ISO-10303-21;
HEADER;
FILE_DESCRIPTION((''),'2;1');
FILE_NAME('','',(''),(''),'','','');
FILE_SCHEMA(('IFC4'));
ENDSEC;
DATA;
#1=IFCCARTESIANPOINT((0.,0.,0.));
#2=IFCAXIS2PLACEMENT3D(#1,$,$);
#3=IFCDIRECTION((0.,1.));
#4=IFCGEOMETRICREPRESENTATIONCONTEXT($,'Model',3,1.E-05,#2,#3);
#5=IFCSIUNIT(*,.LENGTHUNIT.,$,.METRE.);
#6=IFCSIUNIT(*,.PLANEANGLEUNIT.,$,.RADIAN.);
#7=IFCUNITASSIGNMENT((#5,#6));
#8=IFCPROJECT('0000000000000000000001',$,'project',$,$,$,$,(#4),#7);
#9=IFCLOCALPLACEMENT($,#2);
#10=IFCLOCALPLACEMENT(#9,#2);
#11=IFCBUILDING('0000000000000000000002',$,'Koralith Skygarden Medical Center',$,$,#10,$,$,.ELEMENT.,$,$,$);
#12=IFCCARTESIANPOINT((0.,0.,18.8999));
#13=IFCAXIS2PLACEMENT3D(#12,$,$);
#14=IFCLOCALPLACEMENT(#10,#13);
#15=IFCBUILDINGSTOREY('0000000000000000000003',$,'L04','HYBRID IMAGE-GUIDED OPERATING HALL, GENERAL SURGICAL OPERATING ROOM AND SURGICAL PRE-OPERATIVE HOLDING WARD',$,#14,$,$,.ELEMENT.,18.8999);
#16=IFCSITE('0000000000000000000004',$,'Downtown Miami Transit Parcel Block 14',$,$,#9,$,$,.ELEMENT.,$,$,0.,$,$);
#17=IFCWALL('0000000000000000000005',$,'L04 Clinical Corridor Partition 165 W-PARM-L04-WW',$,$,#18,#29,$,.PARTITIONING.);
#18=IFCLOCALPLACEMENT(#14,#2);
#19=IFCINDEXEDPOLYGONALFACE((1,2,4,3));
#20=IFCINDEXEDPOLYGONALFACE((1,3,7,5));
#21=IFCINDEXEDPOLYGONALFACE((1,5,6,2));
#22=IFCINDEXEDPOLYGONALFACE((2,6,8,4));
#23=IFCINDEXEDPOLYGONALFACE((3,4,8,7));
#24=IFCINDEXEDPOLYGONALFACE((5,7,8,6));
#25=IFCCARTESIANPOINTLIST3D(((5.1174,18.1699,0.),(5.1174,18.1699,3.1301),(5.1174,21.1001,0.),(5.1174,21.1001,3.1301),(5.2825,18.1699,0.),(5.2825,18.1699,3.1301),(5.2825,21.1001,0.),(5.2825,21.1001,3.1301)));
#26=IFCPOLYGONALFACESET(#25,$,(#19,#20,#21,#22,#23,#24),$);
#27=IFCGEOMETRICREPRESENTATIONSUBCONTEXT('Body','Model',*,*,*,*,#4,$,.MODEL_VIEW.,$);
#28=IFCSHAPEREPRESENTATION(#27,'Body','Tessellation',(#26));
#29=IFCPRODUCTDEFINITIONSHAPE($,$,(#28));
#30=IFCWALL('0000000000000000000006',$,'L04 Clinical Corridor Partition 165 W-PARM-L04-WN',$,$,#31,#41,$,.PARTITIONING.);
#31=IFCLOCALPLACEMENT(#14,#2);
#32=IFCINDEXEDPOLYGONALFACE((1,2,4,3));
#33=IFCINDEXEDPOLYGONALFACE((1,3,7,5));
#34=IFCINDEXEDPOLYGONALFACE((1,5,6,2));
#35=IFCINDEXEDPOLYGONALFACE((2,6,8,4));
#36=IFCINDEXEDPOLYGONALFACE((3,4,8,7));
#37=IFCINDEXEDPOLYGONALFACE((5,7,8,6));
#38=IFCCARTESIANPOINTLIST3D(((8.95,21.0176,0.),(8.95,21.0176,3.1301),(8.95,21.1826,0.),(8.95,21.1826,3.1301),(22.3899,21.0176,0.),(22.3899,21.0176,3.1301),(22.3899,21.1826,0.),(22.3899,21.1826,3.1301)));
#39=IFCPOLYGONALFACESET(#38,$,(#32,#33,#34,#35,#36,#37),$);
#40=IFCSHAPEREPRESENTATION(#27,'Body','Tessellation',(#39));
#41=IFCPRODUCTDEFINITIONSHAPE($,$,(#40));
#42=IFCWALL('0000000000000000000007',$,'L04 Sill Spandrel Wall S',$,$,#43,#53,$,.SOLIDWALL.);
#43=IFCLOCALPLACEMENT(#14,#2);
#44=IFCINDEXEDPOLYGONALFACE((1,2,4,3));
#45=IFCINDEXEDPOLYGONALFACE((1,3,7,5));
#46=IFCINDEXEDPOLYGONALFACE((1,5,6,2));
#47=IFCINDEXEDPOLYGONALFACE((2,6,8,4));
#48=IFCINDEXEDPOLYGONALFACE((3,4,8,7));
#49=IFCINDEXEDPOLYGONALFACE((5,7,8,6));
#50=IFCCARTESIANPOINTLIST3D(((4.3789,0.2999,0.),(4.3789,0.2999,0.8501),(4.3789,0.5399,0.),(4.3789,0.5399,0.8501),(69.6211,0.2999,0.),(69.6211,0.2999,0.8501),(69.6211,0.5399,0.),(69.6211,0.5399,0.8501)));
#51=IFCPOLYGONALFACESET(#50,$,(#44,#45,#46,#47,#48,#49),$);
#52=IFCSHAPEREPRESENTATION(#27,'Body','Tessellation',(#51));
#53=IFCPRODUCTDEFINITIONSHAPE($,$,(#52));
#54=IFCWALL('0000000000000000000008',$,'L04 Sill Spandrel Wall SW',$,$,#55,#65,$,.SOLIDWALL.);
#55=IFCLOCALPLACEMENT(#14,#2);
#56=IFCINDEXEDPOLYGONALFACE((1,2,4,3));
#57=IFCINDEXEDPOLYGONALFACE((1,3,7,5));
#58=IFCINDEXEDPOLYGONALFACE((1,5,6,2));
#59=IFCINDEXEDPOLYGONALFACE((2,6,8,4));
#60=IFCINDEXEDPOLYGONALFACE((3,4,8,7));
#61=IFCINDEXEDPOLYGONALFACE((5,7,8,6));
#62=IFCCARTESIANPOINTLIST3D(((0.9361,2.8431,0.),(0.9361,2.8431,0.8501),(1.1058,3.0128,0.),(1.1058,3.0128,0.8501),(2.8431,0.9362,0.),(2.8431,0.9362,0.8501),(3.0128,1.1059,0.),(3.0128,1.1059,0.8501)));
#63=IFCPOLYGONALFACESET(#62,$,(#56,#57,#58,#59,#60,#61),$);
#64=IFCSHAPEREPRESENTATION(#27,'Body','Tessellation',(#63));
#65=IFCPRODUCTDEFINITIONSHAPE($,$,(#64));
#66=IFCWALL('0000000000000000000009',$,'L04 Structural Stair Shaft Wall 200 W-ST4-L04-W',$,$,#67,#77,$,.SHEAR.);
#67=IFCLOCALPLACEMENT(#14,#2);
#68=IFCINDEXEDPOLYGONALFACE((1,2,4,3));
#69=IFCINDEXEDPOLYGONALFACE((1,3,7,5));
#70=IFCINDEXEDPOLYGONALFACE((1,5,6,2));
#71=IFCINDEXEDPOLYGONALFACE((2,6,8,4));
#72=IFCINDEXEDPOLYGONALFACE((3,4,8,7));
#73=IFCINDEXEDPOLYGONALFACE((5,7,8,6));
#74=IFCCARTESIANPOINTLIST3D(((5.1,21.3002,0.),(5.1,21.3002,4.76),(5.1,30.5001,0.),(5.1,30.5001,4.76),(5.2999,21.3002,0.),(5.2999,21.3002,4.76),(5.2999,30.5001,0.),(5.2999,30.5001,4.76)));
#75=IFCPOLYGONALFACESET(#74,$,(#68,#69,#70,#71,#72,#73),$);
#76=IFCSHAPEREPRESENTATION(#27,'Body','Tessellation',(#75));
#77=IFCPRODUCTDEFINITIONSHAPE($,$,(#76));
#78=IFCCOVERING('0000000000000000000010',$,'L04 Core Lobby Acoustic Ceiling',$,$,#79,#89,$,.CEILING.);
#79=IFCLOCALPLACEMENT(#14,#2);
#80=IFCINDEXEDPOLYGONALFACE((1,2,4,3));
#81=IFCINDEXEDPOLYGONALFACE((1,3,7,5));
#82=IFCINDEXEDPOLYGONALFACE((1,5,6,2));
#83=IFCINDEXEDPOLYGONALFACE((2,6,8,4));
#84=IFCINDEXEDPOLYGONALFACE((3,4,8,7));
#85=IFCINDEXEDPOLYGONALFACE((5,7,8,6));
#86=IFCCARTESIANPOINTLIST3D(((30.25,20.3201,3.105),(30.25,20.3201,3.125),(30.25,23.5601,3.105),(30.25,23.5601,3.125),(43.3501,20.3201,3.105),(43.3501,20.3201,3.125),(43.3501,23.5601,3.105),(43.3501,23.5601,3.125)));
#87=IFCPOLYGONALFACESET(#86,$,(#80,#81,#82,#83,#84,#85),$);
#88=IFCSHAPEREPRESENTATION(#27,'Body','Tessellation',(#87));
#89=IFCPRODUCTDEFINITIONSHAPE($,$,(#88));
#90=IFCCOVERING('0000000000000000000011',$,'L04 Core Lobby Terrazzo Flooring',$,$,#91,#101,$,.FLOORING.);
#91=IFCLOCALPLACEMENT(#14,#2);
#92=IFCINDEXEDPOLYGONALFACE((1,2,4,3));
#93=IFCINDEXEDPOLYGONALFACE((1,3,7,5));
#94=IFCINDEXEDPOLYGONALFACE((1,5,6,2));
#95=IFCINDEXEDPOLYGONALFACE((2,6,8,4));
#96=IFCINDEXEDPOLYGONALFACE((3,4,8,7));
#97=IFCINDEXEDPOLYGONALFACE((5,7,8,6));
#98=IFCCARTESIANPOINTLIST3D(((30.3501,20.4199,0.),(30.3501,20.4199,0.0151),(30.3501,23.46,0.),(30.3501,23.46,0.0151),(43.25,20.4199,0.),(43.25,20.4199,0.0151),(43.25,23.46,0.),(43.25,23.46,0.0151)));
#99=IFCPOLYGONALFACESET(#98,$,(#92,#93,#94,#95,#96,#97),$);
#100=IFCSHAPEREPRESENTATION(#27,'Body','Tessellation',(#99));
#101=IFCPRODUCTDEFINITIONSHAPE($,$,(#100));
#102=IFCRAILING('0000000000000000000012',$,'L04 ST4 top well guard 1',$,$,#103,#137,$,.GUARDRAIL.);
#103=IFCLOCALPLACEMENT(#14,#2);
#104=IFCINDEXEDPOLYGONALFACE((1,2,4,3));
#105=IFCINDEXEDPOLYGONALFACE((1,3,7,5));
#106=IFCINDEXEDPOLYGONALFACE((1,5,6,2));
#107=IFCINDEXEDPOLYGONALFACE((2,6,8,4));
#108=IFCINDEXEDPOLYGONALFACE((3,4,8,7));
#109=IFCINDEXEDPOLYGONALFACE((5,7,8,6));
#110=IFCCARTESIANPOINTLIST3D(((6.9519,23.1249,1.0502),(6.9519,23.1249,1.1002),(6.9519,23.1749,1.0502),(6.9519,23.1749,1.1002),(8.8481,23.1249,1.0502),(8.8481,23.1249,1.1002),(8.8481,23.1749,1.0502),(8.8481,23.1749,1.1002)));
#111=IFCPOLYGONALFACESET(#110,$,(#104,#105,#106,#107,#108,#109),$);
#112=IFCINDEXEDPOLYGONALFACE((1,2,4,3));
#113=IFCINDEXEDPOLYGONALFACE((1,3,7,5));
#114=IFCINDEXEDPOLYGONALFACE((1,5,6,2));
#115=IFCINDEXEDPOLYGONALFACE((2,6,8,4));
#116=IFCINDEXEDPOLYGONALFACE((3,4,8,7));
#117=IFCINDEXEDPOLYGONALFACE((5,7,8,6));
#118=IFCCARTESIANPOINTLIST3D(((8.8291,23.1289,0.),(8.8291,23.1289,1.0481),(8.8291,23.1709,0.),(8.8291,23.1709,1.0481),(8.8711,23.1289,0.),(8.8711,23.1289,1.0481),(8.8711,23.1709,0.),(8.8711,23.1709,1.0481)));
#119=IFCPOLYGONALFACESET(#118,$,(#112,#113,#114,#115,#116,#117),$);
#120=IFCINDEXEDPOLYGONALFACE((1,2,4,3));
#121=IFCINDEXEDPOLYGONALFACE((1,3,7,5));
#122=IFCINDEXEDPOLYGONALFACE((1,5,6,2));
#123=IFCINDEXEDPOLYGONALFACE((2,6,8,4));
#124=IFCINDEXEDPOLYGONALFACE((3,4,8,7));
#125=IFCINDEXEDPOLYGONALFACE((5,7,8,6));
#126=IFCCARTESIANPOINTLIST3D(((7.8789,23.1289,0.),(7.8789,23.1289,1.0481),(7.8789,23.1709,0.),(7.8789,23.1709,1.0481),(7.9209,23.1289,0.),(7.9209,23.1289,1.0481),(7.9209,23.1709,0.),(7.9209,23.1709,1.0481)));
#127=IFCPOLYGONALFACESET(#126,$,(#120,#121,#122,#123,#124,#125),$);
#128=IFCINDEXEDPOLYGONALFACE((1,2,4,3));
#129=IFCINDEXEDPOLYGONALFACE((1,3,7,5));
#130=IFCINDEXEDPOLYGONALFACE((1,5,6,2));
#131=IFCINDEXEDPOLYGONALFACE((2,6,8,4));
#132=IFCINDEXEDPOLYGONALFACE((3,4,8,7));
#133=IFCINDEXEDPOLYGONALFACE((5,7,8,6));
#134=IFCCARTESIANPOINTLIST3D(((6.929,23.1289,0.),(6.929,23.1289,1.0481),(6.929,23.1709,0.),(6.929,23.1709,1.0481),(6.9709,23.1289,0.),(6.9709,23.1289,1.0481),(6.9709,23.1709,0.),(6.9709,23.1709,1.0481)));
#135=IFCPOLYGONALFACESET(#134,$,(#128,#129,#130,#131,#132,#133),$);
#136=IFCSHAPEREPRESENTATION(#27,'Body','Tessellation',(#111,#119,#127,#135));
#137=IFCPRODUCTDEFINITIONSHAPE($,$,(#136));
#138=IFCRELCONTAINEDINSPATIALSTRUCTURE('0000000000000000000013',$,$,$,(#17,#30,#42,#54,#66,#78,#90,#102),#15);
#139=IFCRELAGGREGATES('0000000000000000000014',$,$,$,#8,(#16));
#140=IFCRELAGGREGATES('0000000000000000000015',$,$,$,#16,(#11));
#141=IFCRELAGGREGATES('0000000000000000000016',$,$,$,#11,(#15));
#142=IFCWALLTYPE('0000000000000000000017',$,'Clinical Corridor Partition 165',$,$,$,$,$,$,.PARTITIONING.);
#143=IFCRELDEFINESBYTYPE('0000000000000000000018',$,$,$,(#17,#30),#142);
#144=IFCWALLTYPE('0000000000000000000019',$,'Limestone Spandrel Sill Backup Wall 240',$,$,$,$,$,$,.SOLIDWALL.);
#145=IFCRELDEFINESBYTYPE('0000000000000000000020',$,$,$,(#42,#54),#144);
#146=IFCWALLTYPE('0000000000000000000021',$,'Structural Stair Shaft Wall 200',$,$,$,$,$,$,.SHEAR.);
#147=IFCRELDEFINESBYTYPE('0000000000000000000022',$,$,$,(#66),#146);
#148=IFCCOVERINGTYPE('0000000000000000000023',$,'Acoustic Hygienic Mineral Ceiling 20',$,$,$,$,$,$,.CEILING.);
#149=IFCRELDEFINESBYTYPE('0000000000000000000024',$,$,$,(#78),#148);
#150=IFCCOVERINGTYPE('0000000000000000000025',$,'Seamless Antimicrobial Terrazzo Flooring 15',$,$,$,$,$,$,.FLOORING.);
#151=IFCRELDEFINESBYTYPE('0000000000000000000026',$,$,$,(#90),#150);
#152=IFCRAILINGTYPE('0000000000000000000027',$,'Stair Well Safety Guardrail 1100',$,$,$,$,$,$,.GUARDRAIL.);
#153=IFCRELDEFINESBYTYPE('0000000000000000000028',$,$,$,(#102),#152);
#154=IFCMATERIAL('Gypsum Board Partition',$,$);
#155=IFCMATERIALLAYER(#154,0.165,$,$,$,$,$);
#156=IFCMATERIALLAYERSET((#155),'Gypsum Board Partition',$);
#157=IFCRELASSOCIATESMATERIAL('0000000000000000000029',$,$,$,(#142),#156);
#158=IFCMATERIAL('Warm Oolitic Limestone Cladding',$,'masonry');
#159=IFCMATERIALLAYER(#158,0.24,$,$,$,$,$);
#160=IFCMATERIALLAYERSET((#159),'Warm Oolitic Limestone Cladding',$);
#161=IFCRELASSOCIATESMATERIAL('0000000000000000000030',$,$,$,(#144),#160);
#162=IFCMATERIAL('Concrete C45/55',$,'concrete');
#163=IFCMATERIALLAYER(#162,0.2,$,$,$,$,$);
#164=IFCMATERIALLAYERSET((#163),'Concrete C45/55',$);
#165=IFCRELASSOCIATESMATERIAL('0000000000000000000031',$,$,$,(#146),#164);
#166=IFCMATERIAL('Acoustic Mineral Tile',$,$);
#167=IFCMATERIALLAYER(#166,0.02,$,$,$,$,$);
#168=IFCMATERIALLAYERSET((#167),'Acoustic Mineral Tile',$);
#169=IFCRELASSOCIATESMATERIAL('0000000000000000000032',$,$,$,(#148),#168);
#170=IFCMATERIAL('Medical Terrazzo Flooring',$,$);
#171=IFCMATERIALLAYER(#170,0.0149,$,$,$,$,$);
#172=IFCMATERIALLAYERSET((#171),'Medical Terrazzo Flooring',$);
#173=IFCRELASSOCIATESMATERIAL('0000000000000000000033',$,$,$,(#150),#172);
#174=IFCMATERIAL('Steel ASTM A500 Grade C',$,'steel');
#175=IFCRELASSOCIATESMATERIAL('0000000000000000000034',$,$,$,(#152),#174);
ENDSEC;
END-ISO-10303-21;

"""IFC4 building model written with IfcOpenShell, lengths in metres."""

from ifc_helpers import new_model, si_unit, direction, frame, frame_2d, origin, origin_2d, place, context, subcontext, project, spatial, polyline, rectangle, outline, extrude, material, layer, layer_set, type_object, element, save


model = new_model("IFC4")

# Units and contexts
model_context = context("Model", 3, precision=1e-05, world=origin(), true_north=direction((0.0, 1.0)))
body_context = subcontext(model_context, "Body", "Model", "MODEL_VIEW")
ifc_project = project(units=[si_unit("LENGTHUNIT", "METRE"), si_unit("PLANEANGLEUNIT", "RADIAN")], contexts=[model_context])

# Site, building, storey
site_placement = place(None, origin())
site = spatial("IfcSite", under=ifc_project, at=site_placement, Name="Downtown Miami Transit Parcel Block 14", CompositionType="ELEMENT", RefElevation=0.0)
building_placement = place(site_placement, origin())
building = spatial("IfcBuilding", under=site, at=building_placement, Name="Koralith Skygarden Medical Center", CompositionType="ELEMENT")
storey_placement = place(building_placement, frame((0.0, 0.0, 18.8999)))
storey = spatial("IfcBuildingStorey", under=building, at=storey_placement, Name="L04", Description="HYBRID IMAGE-GUIDED OPERATING HALL, GENERAL SURGICAL OPERATING ROOM AND SURGICAL PRE-OPERATIVE HOLDING WARD", CompositionType="ELEMENT", Elevation=18.8999)

# Shared definitions
ifc_material_1 = material(Name="Concrete C45/55", Category="concrete")

# Shared definitions
ifc_material_2 = material(Name="Warm Oolitic Limestone Cladding", Category="masonry")

# Walls
ifc_material_3 = material(Name="Gypsum Board Partition")
ifc_layer_1 = layer(ifc_material_3, 0.165)
ifc_layer_set_1 = layer_set([ifc_layer_1], Name="Gypsum Board Partition")
wall_type_1 = type_object("IfcWallType", Name="Clinical Corridor Partition 165", PredefinedType="PARTITIONING", material=ifc_layer_set_1)
wall_1_placement = place(storey_placement, frame((5.2, 18.1699, 0.0), z_axis=(0.0, 0.0, 1.0), x_axis=(0.0, 1.0, 0.0)))
element("IfcWall", 1, at=wall_1_placement, inside=storey, type_object=wall_type_1, Name="L04 Clinical Corridor Partition 165 W-PARM-L04-WW", PredefinedType="PARTITIONING", context=body_context, shape_type="SweptSolid", body=[
    extrude(rectangle(XDim=2.9302, YDim=0.165, at=frame_2d((1.4651, 0.0))), origin(), (0.0, 0.0, 1.0), 3.1301),
])
wall_2_placement = place(storey_placement, frame((8.95, 21.1001, 0.0), z_axis=(0.0, 0.0, 1.0), x_axis=(1.0, 0.0, 0.0)))
element("IfcWall", 2, at=wall_2_placement, inside=storey, type_object=wall_type_1, Name="L04 Clinical Corridor Partition 165 W-PARM-L04-WN", PredefinedType="PARTITIONING", context=body_context, shape_type="SweptSolid", body=[
    extrude(rectangle(XDim=13.4399, YDim=0.165, at=frame_2d((6.72, 0.0))), origin(), (0.0, 0.0, 1.0), 3.1301),
])
ifc_layer_2 = layer(ifc_material_2, 0.24)
ifc_layer_set_2 = layer_set([ifc_layer_2], Name="Warm Oolitic Limestone Cladding")
wall_type_2 = type_object("IfcWallType", Name="Limestone Spandrel Sill Backup Wall 240", PredefinedType="SOLIDWALL", material=ifc_layer_set_2)
wall_3_placement = place(storey_placement, frame((4.3789, 0.4199, 0.0), z_axis=(0.0, 0.0, 1.0), x_axis=(1.0, 0.0, 0.0)))
element("IfcWall", 3, at=wall_3_placement, inside=storey, type_object=wall_type_2, Name="L04 Sill Spandrel Wall S", PredefinedType="SOLIDWALL", context=body_context, shape_type="SweptSolid", body=[
    extrude(rectangle(XDim=65.2422, YDim=0.24, at=frame_2d((32.6211, 0.0))), origin(), (0.0, 0.0, 1.0), 0.8501),
])
wall_4_placement = place(storey_placement, frame((1.021, 2.928, 0.0), z_axis=(0.0, 0.0, 1.0), x_axis=(0.707107, -0.707107, 0.0)))
element("IfcWall", 4, at=wall_4_placement, inside=storey, type_object=wall_type_2, Name="L04 Sill Spandrel Wall SW", PredefinedType="SOLIDWALL", context=body_context, shape_type="SweptSolid", body=[
    extrude(rectangle(XDim=2.6968, YDim=0.24, at=frame_2d((1.3484, 0.0))), origin(), (0.0, 0.0, 1.0), 0.8501),
])

# Shared definitions
ifc_layer_3 = layer(ifc_material_1, 0.2)
ifc_layer_set_3 = layer_set([ifc_layer_3], Name="Concrete C45/55")
wall_type_3 = type_object("IfcWallType", Name="Structural Stair Shaft Wall 200", PredefinedType="SHEAR", material=ifc_layer_set_3)
ifc_material_4 = material(Name="Steel ASTM A500 Grade C", Category="steel")

# Wall
wall_5_placement = place(storey_placement, frame((5.2, 21.3, 0.0), z_axis=(0.0, 0.0, 1.0), x_axis=(0.0, 1.0, 0.0)))
element("IfcWall", 5, at=wall_5_placement, inside=storey, type_object=wall_type_3, Name="L04 Structural Stair Shaft Wall 200 W-ST4-L04-W", PredefinedType="SHEAR", context=body_context, shape_type="SweptSolid", body=[
    extrude(rectangle(XDim=9.2, YDim=0.2, at=frame_2d((4.6001, 0.0))), origin(), (0.0, 0.0, 1.0), 4.76),
])

# Coverings
ifc_material_5 = material(Name="Acoustic Mineral Tile")
ifc_layer_4 = layer(ifc_material_5, 0.02)
ifc_layer_set_4 = layer_set([ifc_layer_4], Name="Acoustic Mineral Tile")
covering_type_1 = type_object("IfcCoveringType", Name="Acoustic Hygienic Mineral Ceiling 20", PredefinedType="CEILING", material=ifc_layer_set_4)
covering_1_placement = place(storey_placement, frame((0.0, 0.0, 3.105)))
element("IfcCovering", 6, at=covering_1_placement, inside=storey, type_object=covering_type_1, Name="L04 Core Lobby Acoustic Ceiling", PredefinedType="CEILING", context=body_context, shape_type="SweptSolid", body=[
    extrude(outline(polyline([(30.25, 20.3201), (43.3501, 20.3201), (43.3501, 23.5601), (30.25, 23.5601), (30.25, 20.3201)])), origin(), (0.0, 0.0, 1.0), 0.02),
])
ifc_material_6 = material(Name="Medical Terrazzo Flooring")
ifc_layer_5 = layer(ifc_material_6, 0.0149)
ifc_layer_set_5 = layer_set([ifc_layer_5], Name="Medical Terrazzo Flooring")
covering_type_2 = type_object("IfcCoveringType", Name="Seamless Antimicrobial Terrazzo Flooring 15", PredefinedType="FLOORING", material=ifc_layer_set_5)
covering_2_placement = place(storey_placement, origin())
element("IfcCovering", 7, at=covering_2_placement, inside=storey, type_object=covering_type_2, Name="L04 Core Lobby Terrazzo Flooring", PredefinedType="FLOORING", context=body_context, shape_type="SweptSolid", body=[
    extrude(outline(polyline([(30.3501, 20.4199), (43.25, 20.4199), (43.25, 23.46), (30.3501, 23.46), (30.3501, 20.4199)])), origin(), (0.0, 0.0, 1.0), 0.0151),
])

# Railing
railing_type = type_object("IfcRailingType", Name="Stair Well Safety Guardrail 1100", PredefinedType="GUARDRAIL", material=ifc_material_4)
railing_placement = place(storey_placement, frame((8.8501, 23.1499, 0.0)))
element("IfcRailing", 8, at=railing_placement, inside=storey, type_object=railing_type, Name="L04 ST4 top well guard 1", PredefinedType="GUARDRAIL", context=body_context, shape_type="SweptSolid", body=[
    extrude(rectangle(XDim=0.05, YDim=0.05, at=origin_2d()), frame((-0.002, 0.0, 1.0752), z_axis=(-1.0, 0.0, 0.0), x_axis=(0.0, -1.0, 0.0)), (0.0, 0.0, 1.0), 1.8962),
    extrude(rectangle(XDim=0.042, YDim=0.042, at=origin_2d()), origin(), (0.0, 0.0, 1.0), 1.0481),
    extrude(rectangle(XDim=0.042, YDim=0.042, at=origin_2d()), frame((-0.9502, 0.0, 0.0)), (0.0, 0.0, 1.0), 1.0481),
    extrude(rectangle(XDim=0.042, YDim=0.042, at=origin_2d()), frame((-1.9001, 0.0, 0.0)), (0.0, 0.0, 1.0), 1.0481),
])

save(model, "model.ifc")
